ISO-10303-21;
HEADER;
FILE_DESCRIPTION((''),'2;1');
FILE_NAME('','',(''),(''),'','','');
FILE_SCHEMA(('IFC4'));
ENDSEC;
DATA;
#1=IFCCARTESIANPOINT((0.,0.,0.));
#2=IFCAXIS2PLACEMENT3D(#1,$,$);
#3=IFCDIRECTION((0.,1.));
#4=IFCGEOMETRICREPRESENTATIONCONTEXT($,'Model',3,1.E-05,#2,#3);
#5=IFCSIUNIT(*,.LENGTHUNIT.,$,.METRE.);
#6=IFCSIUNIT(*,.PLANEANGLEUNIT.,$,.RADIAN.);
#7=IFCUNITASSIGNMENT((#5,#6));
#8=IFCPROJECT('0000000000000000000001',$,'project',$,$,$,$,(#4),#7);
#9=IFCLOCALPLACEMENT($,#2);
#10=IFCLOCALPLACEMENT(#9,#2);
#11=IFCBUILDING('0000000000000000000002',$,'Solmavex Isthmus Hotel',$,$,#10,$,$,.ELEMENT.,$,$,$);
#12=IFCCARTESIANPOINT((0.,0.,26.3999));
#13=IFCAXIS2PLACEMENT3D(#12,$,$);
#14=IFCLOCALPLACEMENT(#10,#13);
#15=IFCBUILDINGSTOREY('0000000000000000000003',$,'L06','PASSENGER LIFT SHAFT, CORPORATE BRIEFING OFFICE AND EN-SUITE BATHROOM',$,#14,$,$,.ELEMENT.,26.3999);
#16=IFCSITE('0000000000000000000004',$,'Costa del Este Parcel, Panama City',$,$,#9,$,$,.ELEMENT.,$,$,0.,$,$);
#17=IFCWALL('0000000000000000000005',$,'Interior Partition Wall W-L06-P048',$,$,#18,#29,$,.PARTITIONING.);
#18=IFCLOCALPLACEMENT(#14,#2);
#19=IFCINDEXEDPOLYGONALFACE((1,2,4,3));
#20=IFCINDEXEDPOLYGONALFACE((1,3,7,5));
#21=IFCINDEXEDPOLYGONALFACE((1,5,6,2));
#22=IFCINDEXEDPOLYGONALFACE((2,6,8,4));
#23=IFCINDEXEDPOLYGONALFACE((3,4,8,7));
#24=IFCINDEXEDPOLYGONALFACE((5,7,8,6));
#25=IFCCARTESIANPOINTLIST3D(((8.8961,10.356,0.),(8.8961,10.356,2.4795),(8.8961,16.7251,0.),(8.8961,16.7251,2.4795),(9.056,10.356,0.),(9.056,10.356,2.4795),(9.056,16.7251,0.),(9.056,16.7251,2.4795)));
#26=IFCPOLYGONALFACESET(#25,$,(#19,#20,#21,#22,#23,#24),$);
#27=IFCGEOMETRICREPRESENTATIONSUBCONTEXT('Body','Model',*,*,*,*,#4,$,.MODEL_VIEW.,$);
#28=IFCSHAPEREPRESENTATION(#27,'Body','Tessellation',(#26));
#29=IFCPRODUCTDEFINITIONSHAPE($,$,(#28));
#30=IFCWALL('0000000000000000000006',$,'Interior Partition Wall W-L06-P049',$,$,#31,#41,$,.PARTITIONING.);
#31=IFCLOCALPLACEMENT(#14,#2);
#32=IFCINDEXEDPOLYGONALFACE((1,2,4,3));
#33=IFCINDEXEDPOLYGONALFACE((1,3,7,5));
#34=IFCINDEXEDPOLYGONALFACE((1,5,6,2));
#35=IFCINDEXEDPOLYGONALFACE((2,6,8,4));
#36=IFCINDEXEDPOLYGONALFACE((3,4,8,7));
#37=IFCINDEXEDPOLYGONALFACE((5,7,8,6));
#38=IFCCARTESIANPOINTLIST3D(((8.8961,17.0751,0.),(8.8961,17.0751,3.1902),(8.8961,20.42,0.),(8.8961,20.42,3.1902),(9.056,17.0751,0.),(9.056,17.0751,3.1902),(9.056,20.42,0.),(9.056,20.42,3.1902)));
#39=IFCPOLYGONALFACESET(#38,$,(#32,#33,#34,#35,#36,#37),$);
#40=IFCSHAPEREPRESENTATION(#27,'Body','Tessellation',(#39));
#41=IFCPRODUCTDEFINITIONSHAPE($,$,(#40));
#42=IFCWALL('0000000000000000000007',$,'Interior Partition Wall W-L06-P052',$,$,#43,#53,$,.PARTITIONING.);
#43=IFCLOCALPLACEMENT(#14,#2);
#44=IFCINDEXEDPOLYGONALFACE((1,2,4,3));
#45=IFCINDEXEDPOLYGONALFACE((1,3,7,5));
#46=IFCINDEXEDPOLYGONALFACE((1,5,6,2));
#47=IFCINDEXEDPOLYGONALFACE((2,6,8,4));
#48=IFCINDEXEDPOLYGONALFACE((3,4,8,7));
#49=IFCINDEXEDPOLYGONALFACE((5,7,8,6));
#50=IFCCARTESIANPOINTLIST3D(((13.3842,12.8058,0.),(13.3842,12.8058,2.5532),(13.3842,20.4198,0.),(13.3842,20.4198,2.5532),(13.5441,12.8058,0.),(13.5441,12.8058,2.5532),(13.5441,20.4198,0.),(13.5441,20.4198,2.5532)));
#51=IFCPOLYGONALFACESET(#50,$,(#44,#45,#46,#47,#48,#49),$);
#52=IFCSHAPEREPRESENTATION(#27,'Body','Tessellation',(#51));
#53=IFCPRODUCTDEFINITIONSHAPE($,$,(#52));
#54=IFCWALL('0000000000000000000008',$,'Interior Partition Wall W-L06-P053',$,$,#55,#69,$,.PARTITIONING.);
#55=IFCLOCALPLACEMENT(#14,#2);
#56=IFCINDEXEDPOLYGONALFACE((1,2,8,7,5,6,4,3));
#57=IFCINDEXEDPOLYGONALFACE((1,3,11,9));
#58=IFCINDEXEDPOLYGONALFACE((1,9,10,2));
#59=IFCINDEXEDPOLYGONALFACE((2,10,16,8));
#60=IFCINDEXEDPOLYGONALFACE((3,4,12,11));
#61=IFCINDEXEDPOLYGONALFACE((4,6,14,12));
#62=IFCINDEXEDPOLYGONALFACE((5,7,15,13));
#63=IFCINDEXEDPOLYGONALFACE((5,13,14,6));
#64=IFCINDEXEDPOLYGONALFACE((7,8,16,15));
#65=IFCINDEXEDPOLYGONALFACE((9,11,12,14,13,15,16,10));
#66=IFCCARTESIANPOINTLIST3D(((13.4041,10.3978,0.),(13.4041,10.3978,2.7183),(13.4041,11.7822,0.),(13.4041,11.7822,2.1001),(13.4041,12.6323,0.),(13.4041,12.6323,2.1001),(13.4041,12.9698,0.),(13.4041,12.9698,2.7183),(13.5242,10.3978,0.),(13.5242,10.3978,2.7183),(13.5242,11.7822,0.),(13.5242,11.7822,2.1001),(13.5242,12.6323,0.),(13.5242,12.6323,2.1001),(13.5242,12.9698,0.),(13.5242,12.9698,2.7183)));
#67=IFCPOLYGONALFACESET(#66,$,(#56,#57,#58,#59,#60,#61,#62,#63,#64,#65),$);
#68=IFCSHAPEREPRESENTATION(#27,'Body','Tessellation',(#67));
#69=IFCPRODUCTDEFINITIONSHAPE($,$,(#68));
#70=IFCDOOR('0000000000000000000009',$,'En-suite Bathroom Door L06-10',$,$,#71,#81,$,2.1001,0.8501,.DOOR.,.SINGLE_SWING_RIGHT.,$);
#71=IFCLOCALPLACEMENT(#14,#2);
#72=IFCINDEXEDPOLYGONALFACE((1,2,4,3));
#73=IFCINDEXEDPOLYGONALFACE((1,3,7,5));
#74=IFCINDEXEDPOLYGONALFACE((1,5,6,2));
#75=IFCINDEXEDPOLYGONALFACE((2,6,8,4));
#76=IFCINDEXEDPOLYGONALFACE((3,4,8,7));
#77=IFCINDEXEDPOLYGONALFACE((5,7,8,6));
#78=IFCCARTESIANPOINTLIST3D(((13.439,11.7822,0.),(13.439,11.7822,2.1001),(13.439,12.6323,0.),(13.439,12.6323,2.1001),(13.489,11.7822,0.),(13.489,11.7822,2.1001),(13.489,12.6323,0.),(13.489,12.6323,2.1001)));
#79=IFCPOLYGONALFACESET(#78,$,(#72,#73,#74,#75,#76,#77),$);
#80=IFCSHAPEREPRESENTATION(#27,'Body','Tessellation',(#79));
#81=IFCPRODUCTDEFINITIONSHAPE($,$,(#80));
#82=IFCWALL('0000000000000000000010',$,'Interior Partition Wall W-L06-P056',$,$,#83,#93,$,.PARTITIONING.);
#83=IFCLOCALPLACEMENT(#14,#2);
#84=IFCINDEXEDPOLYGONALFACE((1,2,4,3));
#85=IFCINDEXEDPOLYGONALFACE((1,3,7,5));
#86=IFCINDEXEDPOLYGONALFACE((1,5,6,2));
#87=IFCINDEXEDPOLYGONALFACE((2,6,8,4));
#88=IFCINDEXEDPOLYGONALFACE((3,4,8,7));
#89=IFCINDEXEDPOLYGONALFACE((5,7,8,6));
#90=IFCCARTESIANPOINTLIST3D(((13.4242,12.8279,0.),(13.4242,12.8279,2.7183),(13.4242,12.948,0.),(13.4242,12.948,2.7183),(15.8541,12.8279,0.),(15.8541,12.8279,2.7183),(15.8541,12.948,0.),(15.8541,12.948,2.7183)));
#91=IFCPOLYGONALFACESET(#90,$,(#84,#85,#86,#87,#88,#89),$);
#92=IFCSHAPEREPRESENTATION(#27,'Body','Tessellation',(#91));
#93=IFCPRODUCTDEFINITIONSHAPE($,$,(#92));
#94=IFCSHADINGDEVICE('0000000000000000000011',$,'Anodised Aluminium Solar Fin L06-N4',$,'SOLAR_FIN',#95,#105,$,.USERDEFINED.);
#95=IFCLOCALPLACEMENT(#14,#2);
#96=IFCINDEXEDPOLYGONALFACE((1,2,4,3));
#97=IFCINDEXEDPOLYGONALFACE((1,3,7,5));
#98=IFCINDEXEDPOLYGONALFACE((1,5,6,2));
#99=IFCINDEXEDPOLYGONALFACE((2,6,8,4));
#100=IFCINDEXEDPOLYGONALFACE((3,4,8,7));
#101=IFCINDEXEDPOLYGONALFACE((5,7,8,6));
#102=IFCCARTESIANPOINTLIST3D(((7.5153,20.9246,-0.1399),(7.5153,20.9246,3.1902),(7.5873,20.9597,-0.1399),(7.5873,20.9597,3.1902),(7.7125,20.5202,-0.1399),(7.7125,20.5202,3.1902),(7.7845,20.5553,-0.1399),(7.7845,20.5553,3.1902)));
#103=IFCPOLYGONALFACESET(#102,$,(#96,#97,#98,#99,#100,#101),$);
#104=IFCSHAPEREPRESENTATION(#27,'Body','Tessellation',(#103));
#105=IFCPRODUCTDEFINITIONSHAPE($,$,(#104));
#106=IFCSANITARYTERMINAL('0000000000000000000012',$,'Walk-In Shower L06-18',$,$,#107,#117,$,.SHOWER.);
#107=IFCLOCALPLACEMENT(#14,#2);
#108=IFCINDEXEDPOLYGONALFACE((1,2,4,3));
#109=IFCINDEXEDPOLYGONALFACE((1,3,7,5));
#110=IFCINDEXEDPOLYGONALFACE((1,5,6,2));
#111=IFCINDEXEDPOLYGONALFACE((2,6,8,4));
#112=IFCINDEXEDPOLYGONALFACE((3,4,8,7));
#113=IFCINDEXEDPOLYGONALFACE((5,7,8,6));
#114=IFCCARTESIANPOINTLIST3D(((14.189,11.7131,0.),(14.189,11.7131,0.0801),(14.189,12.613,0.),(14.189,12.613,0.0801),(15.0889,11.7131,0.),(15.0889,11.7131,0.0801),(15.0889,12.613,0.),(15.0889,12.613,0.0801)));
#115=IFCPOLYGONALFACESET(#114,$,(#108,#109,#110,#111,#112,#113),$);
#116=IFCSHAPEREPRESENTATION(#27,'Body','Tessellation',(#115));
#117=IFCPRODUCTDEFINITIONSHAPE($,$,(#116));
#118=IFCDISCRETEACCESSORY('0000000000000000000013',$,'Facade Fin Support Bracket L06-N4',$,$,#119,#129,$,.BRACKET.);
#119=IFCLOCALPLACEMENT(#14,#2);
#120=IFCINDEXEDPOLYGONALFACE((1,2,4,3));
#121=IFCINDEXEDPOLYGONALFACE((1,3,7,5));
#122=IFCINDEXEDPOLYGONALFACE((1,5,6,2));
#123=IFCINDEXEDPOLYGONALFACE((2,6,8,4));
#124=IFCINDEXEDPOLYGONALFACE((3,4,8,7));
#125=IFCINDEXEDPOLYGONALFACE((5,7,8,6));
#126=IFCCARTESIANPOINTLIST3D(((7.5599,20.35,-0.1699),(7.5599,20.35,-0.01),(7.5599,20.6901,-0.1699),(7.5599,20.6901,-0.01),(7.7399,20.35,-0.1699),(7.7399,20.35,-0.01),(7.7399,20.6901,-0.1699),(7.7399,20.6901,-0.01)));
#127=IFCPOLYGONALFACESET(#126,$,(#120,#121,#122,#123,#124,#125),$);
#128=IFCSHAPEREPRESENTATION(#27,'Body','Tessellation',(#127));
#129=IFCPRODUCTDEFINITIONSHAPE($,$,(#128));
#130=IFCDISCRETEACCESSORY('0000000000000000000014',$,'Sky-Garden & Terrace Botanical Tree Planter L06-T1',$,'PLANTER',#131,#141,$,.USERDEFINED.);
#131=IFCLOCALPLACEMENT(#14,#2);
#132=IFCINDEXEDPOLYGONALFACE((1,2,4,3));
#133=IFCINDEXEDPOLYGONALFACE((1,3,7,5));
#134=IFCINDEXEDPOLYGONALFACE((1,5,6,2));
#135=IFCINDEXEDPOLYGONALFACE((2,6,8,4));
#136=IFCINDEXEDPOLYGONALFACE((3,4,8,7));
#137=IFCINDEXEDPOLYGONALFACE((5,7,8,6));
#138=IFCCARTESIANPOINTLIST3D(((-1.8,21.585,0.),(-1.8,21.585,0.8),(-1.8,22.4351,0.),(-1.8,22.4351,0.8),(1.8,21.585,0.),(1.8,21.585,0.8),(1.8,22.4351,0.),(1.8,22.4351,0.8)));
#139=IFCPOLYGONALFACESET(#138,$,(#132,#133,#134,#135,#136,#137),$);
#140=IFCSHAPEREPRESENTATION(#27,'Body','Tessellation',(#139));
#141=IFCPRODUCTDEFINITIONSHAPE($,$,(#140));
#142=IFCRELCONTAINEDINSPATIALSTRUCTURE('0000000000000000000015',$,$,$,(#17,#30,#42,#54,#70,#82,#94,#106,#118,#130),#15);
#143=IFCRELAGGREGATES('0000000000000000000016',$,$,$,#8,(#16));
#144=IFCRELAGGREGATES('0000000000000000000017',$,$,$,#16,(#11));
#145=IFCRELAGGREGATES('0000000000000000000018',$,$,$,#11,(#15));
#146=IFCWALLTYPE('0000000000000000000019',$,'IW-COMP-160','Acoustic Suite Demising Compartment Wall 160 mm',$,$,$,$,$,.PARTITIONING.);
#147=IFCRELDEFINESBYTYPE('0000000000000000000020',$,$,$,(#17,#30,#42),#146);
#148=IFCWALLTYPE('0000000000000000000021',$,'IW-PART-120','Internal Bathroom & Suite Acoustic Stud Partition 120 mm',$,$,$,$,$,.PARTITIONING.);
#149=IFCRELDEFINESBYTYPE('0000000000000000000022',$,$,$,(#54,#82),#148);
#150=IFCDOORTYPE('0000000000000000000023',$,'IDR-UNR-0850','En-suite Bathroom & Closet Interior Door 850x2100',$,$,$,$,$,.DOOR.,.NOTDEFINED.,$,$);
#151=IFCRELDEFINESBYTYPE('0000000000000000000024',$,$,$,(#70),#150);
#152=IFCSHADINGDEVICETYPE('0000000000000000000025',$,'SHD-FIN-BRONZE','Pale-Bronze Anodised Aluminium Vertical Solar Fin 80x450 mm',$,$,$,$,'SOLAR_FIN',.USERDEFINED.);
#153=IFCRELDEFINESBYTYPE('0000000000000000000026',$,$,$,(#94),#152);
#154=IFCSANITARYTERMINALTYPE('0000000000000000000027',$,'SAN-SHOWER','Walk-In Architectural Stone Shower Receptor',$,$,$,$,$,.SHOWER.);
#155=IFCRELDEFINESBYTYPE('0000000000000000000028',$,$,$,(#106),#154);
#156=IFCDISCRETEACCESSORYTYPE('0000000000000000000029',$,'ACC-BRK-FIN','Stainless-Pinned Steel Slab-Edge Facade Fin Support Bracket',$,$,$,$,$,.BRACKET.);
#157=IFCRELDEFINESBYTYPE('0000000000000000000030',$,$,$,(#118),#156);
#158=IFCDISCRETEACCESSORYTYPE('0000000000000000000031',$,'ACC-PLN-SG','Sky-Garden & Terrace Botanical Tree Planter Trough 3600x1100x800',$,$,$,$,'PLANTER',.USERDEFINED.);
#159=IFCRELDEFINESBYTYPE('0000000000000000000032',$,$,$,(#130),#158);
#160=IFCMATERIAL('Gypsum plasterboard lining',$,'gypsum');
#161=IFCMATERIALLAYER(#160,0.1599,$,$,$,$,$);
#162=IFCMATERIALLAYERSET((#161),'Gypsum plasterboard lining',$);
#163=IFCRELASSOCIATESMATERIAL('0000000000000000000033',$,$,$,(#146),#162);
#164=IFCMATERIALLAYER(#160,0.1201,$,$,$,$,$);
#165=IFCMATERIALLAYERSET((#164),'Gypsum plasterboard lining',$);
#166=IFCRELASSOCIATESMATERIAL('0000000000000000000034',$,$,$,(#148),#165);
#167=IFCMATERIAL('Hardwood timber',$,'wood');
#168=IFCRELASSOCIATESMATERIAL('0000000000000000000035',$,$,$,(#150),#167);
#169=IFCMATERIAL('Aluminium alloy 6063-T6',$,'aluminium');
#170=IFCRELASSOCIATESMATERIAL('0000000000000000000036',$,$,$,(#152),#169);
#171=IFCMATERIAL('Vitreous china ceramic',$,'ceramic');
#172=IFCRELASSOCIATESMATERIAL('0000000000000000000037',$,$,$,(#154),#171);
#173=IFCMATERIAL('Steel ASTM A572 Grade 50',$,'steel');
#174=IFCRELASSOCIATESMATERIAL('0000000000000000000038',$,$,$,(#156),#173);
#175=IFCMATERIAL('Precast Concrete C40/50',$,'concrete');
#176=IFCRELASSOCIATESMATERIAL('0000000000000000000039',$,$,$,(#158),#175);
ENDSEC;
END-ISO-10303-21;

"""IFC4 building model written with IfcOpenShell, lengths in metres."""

from ifc_helpers import new_model, si_unit, direction, frame, frame_2d, origin, origin_2d, place, context, subcontext, project, spatial, rectangle, extrude, material, layer, layer_set, type_object, element, fill, save


model = new_model("IFC4")

# Units and contexts
model_context = context("Model", 3, precision=1e-05, world=origin(), true_north=direction((0.0, 1.0)))
body_context = subcontext(model_context, "Body", "Model", "MODEL_VIEW")
ifc_project = project(units=[si_unit("LENGTHUNIT", "METRE"), si_unit("PLANEANGLEUNIT", "RADIAN")], contexts=[model_context])

# Site, building, storey
site_placement = place(None, origin())
site = spatial("IfcSite", under=ifc_project, at=site_placement, Name="Costa del Este Parcel, Panama City", CompositionType="ELEMENT", RefElevation=0.0)
building_placement = place(site_placement, origin())
building = spatial("IfcBuilding", under=site, at=building_placement, Name="Solmavex Isthmus Hotel", CompositionType="ELEMENT")
storey_placement = place(building_placement, frame((0.0, 0.0, 26.3999)))
storey = spatial("IfcBuildingStorey", under=building, at=storey_placement, Name="L06", Description="PASSENGER LIFT SHAFT, CORPORATE BRIEFING OFFICE AND EN-SUITE BATHROOM", CompositionType="ELEMENT", Elevation=26.3999)

# Shared definitions
ifc_material_1 = material(Name="Steel ASTM A572 Grade 50", Category="steel")

# Shared definitions
ifc_material_2 = material(Name="Aluminium alloy 6063-T6", Category="aluminium")

# Walls
ifc_material_3 = material(Name="Gypsum plasterboard lining", Category="gypsum")
ifc_layer_1 = layer(ifc_material_3, 0.1599)
ifc_layer_set_1 = layer_set([ifc_layer_1], Name="Gypsum plasterboard lining")
wall_type_1 = type_object("IfcWallType", Name="IW-COMP-160", Description="Acoustic Suite Demising Compartment Wall 160 mm", PredefinedType="PARTITIONING", material=ifc_layer_set_1)
wall_1_placement = place(storey_placement, frame((8.9761, 16.7251, 0.0), z_axis=(0.0, 0.0, 1.0), x_axis=(0.0, -1.0, 0.0)))
element("IfcWall", 1, at=wall_1_placement, inside=storey, type_object=wall_type_1, Name="Interior Partition Wall W-L06-P048", PredefinedType="PARTITIONING", context=body_context, shape_type="SweptSolid", body=[
    extrude(rectangle(XDim=6.3691, YDim=0.1599, at=frame_2d((3.1846, 0.0))), origin(), (0.0, 0.0, 1.0), 2.4795),
])
wall_2_placement = place(storey_placement, frame((8.9761, 20.4199, 0.0), z_axis=(0.0, 0.0, 1.0), x_axis=(0.0, -1.0, 0.0)))
element("IfcWall", 2, at=wall_2_placement, inside=storey, type_object=wall_type_1, Name="Interior Partition Wall W-L06-P049", PredefinedType="PARTITIONING", context=body_context, shape_type="SweptSolid", body=[
    extrude(rectangle(XDim=3.345, YDim=0.1599, at=frame_2d((1.6724, 0.0))), origin(), (0.0, 0.0, 1.0), 3.1902),
])
wall_3_placement = place(storey_placement, frame((13.4641, 20.4199, 0.0), z_axis=(0.0, 0.0, 1.0), x_axis=(0.0, -1.0, 0.0)))
element("IfcWall", 3, at=wall_3_placement, inside=storey, type_object=wall_type_1, Name="Interior Partition Wall W-L06-P052", PredefinedType="PARTITIONING", context=body_context, shape_type="SweptSolid", body=[
    extrude(rectangle(XDim=7.614, YDim=0.1599, at=frame_2d((3.8071, 0.0))), origin(), (0.0, 0.0, 1.0), 2.5532),
])

# Wall, opening, door
ifc_layer_2 = layer(ifc_material_3, 0.1201)
ifc_layer_set_2 = layer_set([ifc_layer_2], Name="Gypsum plasterboard lining")
wall_type_2 = type_object("IfcWallType", Name="IW-PART-120", Description="Internal Bathroom & Suite Acoustic Stud Partition 120 mm", PredefinedType="PARTITIONING", material=ifc_layer_set_2)
wall_4_placement = place(storey_placement, frame((13.4641, 12.97, 0.0), z_axis=(0.0, 0.0, 1.0), x_axis=(0.0, -1.0, 0.0)))
wall_4 = element("IfcWall", 4, at=wall_4_placement, inside=storey, type_object=wall_type_2, Name="Interior Partition Wall W-L06-P053", PredefinedType="PARTITIONING", context=body_context, shape_type="SweptSolid", body=[
    extrude(rectangle(XDim=2.572, YDim=0.1201, at=frame_2d((1.2861, 0.0))), origin(), (0.0, 0.0, 1.0), 2.7183),
])
opening_placement = place(wall_4_placement, frame((0.3376, 0.0, 0.0)))
opening = element("IfcOpeningElement", 5, at=opening_placement, cuts=wall_4, PredefinedType="OPENING", context=body_context, shape_type="SweptSolid", body=[
    extrude(rectangle(XDim=0.8501, YDim=2.1001, at=frame_2d((0.425, 1.05))), frame((0.0, 0.0701, 0.0), z_axis=(0.0, -1.0, 0.0), x_axis=(1.0, 0.0, 0.0)), (0.0, 0.0, 1.0), 0.1401),
])
ifc_material_4 = material(Name="Hardwood timber", Category="wood")
door_type = type_object("IfcDoorType", Name="IDR-UNR-0850", Description="En-suite Bathroom & Closet Interior Door 850x2100", OperationType="NOTDEFINED", PredefinedType="DOOR", material=ifc_material_4)
door_placement = place(opening_placement, origin())
door = element("IfcDoor", 6, at=door_placement, inside=storey, type_object=door_type, Name="En-suite Bathroom Door L06-10", OperationType="SINGLE_SWING_RIGHT", OverallHeight=2.1001, OverallWidth=0.8501, PredefinedType="DOOR", context=body_context, shape_type="SweptSolid", body=[
    extrude(rectangle(XDim=0.8501, YDim=2.1001, at=frame_2d((0.425, 1.05))), frame((0.0, 0.0249, 0.0), z_axis=(0.0, -1.0, 0.0), x_axis=(1.0, 0.0, 0.0)), (0.0, 0.0, 1.0), 0.05),
])
fill(opening, door)

# Wall
wall_5_placement = place(storey_placement, frame((15.854, 12.8879, 0.0), z_axis=(0.0, 0.0, 1.0), x_axis=(-1.0, 0.0, 0.0)))
element("IfcWall", 7, at=wall_5_placement, inside=storey, type_object=wall_type_2, Name="Interior Partition Wall W-L06-P056", PredefinedType="PARTITIONING", context=body_context, shape_type="SweptSolid", body=[
    extrude(rectangle(XDim=2.4299, YDim=0.1201, at=frame_2d((1.2148, 0.0))), origin(), (0.0, 0.0, 1.0), 2.7183),
])

# Shading device
shading_device_type = type_object("IfcShadingDeviceType", Name="SHD-FIN-BRONZE", Description="Pale-Bronze Anodised Aluminium Vertical Solar Fin 80x450 mm", ElementType="SOLAR_FIN", PredefinedType="USERDEFINED", material=ifc_material_2)
shading_device_placement = place(storey_placement, frame((7.6499, 20.74, -0.1399), z_axis=(0.0, 0.0, 1.0), x_axis=(-0.438371, 0.898794, 0.0)))
element("IfcShadingDevice", 8, at=shading_device_placement, inside=storey, type_object=shading_device_type, Name="Anodised Aluminium Solar Fin L06-N4", ObjectType="SOLAR_FIN", PredefinedType="USERDEFINED", context=body_context, shape_type="SweptSolid", body=[
    extrude(rectangle(XDim=0.45, YDim=0.0801, at=origin_2d()), origin(), (0.0, 0.0, 1.0), 3.3301),
])

# Sanitary terminal
ifc_material_5 = material(Name="Vitreous china ceramic", Category="ceramic")
sanitary_terminal_type = type_object("IfcSanitaryTerminalType", Name="SAN-SHOWER", Description="Walk-In Architectural Stone Shower Receptor", PredefinedType="SHOWER", material=ifc_material_5)
sanitary_terminal_placement = place(storey_placement, frame((14.6389, 12.1631, 0.0), z_axis=(0.0, 0.0, 1.0), x_axis=(1.0, 0.0, 0.0)))
element("IfcSanitaryTerminal", 9, at=sanitary_terminal_placement, inside=storey, type_object=sanitary_terminal_type, Name="Walk-In Shower L06-18", PredefinedType="SHOWER", context=body_context, shape_type="SweptSolid", body=[
    extrude(rectangle(XDim=0.8999, YDim=0.8999, at=origin_2d()), origin(), (0.0, 0.0, 1.0), 0.0801),
])

# Discrete accessories
discrete_accessory_type_1 = type_object("IfcDiscreteAccessoryType", Name="ACC-BRK-FIN", Description="Stainless-Pinned Steel Slab-Edge Facade Fin Support Bracket", PredefinedType="BRACKET", material=ifc_material_1)
discrete_accessory_1_placement = place(storey_placement, frame((7.6499, 20.52, -0.1699), z_axis=(0.0, 0.0, 1.0), x_axis=(0.0, 1.0, 0.0)))
element("IfcDiscreteAccessory", 10, at=discrete_accessory_1_placement, inside=storey, type_object=discrete_accessory_type_1, Name="Facade Fin Support Bracket L06-N4", PredefinedType="BRACKET", context=body_context, shape_type="SweptSolid", body=[
    extrude(rectangle(XDim=0.3401, YDim=0.1799, at=origin_2d()), origin(), (0.0, 0.0, 1.0), 0.1599),
])
ifc_material_6 = material(Name="Precast Concrete C40/50", Category="concrete")
discrete_accessory_type_2 = type_object("IfcDiscreteAccessoryType", Name="ACC-PLN-SG", Description="Sky-Garden & Terrace Botanical Tree Planter Trough 3600x1100x800", ElementType="PLANTER", PredefinedType="USERDEFINED", material=ifc_material_6)
discrete_accessory_2_placement = place(storey_placement, frame((0.0, 22.01, 0.0), z_axis=(0.0, 0.0, 1.0), x_axis=(1.0, 0.0, 0.0)))
element("IfcDiscreteAccessory", 11, at=discrete_accessory_2_placement, inside=storey, type_object=discrete_accessory_type_2, Name="Sky-Garden & Terrace Botanical Tree Planter L06-T1", ObjectType="PLANTER", PredefinedType="USERDEFINED", context=body_context, shape_type="SweptSolid", body=[
    extrude(rectangle(XDim=3.6001, YDim=0.8501, at=origin_2d()), origin(), (0.0, 0.0, 1.0), 0.8),
])

save(model, "model.ifc")
